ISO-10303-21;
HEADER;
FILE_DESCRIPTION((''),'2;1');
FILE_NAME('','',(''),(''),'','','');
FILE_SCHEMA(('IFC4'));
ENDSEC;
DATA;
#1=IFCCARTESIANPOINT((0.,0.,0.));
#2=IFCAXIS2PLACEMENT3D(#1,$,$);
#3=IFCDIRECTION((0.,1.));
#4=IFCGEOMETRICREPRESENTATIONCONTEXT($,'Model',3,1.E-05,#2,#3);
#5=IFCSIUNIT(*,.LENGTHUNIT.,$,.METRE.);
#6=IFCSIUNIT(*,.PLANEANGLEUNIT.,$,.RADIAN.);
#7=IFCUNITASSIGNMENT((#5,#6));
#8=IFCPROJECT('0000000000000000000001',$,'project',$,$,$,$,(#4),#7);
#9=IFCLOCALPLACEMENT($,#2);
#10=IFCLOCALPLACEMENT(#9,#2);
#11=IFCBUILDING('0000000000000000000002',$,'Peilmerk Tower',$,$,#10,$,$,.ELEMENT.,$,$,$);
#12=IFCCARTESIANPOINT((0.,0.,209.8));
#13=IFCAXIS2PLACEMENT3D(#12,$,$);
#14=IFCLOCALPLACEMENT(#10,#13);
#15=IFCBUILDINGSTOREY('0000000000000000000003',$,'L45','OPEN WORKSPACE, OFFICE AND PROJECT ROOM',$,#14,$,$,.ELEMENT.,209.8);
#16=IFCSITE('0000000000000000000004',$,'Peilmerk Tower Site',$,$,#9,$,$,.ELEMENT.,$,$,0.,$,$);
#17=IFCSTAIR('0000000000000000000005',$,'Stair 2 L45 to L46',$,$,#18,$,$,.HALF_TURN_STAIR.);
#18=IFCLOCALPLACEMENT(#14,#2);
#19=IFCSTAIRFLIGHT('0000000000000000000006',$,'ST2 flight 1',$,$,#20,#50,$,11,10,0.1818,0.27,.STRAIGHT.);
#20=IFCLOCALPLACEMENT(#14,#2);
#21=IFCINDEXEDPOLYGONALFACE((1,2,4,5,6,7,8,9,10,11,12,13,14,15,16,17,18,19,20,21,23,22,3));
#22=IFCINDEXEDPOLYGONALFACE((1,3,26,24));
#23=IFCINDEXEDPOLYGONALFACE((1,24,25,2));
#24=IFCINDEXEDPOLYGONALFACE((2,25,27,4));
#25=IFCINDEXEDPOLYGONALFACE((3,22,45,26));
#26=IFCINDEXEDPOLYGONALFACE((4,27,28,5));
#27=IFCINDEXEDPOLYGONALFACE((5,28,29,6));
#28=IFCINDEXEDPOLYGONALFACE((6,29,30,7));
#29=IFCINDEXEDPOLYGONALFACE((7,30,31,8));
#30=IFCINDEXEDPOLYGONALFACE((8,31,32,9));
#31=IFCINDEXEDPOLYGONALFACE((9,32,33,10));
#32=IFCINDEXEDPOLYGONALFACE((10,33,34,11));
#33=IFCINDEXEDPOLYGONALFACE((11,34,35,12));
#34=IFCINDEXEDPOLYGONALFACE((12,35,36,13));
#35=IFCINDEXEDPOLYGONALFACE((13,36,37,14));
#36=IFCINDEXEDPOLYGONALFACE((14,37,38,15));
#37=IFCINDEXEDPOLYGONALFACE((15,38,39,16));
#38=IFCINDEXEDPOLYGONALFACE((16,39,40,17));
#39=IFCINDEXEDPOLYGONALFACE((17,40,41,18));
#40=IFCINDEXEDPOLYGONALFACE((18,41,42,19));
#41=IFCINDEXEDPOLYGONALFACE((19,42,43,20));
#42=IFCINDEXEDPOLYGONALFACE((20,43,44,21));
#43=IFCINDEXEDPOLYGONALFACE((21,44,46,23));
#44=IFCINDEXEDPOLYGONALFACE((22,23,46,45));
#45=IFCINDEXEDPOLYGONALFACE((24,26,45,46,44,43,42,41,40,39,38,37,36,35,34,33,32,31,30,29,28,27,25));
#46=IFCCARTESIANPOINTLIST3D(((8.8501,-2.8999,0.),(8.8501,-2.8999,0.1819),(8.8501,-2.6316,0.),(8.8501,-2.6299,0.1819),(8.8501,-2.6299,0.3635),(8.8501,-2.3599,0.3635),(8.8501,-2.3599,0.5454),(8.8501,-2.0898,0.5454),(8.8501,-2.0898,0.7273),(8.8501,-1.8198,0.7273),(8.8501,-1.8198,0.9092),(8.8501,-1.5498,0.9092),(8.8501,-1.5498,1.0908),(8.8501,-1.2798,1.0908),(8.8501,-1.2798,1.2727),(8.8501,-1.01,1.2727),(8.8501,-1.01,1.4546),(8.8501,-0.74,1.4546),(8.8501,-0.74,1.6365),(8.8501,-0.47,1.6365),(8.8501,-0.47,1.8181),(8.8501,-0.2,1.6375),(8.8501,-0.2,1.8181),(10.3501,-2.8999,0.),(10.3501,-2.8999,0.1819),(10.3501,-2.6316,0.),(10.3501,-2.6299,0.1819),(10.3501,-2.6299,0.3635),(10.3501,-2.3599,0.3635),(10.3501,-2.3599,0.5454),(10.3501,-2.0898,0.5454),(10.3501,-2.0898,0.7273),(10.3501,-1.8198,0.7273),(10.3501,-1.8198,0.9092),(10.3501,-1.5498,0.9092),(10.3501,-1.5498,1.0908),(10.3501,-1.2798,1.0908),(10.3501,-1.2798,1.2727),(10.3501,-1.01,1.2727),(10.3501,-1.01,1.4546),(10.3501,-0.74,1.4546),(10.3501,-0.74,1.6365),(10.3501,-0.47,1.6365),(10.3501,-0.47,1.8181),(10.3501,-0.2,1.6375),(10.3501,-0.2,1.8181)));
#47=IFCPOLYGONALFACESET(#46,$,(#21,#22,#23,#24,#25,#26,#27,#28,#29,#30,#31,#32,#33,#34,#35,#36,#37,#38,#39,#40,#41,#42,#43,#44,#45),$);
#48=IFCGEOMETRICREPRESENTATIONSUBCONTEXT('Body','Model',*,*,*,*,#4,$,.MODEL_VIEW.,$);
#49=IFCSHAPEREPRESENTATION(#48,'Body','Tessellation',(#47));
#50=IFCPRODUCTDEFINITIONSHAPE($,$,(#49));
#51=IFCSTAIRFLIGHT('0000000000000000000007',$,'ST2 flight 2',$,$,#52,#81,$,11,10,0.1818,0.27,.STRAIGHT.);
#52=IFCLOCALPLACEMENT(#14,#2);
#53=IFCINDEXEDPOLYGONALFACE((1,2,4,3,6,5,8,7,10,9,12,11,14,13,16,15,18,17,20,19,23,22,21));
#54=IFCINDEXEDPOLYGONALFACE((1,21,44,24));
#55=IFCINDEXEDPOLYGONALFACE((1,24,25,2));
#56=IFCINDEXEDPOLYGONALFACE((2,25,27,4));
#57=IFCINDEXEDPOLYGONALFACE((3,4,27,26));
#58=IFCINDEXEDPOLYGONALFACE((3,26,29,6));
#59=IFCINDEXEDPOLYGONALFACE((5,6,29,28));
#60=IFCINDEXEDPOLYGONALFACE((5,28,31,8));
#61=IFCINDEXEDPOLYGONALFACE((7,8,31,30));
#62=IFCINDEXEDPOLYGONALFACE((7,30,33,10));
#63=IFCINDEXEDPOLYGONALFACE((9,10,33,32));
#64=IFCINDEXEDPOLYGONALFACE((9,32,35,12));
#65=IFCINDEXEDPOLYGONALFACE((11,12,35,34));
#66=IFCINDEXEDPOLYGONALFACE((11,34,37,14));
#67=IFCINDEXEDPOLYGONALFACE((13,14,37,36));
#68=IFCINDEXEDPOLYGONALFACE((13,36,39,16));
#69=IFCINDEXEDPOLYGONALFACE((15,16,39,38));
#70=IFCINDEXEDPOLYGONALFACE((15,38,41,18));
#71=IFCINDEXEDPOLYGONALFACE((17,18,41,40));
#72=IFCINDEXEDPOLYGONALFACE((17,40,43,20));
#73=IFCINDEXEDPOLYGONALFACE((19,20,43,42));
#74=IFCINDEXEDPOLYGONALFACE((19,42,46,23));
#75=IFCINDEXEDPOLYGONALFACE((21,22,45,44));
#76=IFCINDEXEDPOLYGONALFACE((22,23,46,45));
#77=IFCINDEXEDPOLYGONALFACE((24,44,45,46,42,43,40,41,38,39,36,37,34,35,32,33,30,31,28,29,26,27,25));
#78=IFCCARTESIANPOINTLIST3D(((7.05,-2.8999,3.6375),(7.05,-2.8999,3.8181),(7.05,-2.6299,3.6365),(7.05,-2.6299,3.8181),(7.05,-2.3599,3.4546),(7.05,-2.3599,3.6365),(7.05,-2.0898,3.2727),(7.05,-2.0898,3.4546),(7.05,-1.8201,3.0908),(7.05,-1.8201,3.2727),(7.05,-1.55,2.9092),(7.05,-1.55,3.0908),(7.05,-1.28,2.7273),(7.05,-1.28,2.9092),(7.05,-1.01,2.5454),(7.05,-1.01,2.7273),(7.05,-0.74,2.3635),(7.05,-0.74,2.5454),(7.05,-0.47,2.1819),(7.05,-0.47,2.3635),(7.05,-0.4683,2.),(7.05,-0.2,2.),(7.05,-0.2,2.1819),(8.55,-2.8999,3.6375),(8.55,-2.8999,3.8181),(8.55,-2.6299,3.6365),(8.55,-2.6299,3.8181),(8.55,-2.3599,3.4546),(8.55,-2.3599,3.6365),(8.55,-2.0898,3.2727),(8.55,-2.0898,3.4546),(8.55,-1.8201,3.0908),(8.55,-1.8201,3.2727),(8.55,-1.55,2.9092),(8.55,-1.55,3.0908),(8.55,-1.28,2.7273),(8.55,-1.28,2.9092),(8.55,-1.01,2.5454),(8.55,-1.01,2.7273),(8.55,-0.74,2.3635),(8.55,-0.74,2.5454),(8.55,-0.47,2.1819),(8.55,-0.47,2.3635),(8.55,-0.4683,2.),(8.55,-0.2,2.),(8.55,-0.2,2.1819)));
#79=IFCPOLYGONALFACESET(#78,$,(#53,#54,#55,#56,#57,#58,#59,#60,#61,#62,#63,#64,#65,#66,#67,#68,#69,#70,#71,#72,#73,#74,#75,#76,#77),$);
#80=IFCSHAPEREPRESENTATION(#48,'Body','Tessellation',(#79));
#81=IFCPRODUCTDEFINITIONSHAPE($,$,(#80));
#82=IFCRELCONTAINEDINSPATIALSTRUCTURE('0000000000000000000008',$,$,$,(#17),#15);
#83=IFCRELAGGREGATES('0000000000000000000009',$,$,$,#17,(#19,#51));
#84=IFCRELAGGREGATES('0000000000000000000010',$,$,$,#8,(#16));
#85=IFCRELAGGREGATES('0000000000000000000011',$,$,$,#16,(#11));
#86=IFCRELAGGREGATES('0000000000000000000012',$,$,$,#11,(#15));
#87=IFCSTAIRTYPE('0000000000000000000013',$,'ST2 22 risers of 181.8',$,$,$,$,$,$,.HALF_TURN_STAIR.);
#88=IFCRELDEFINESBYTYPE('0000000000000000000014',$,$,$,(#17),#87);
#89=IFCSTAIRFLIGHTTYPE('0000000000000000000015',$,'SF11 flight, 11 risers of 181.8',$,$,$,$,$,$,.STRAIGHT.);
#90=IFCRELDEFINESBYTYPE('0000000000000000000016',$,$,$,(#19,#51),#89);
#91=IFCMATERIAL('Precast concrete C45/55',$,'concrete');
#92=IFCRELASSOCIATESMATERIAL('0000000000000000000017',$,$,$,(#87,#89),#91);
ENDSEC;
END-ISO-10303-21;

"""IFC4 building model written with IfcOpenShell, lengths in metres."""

from ifc_helpers import new_model, si_unit, direction, frame, origin, place, context, subcontext, project, spatial, polyline, outline, extrude, material, type_object, element, aggregate, save


model = new_model("IFC4")

# Units and contexts
model_context = context("Model", 3, precision=1e-05, world=origin(), true_north=direction((0.0, 1.0)))
body_context = subcontext(model_context, "Body", "Model", "MODEL_VIEW")
ifc_project = project(units=[si_unit("LENGTHUNIT", "METRE"), si_unit("PLANEANGLEUNIT", "RADIAN")], contexts=[model_context])

# Site, building, storey
site_placement = place(None, origin())
site = spatial("IfcSite", under=ifc_project, at=site_placement, Name="Peilmerk Tower Site", CompositionType="ELEMENT", RefElevation=0.0)
building_placement = place(site_placement, origin())
building = spatial("IfcBuilding", under=site, at=building_placement, Name="Peilmerk Tower", CompositionType="ELEMENT")
storey_placement = place(building_placement, frame((0.0, 0.0, 209.8)))
storey = spatial("IfcBuildingStorey", under=building, at=storey_placement, Name="L45", Description="OPEN WORKSPACE, OFFICE AND PROJECT ROOM", CompositionType="ELEMENT", Elevation=209.8)

# Stair
ifc_material_1 = material(Name="Precast concrete C45/55", Category="concrete")
stair_type_1 = type_object("IfcStairType", Name="ST2 22 risers of 181.8", PredefinedType="HALF_TURN_STAIR", material=ifc_material_1)
stair_1_placement = place(storey_placement, origin())
stair_1 = element("IfcStair", 1, at=stair_1_placement, inside=storey, type_object=stair_type_1, Name="Stair 2 L45 to L46", PredefinedType="HALF_TURN_STAIR")

# Stair flights
stair_flight_type = type_object("IfcStairFlightType", Name="SF11 flight, 11 risers of 181.8", PredefinedType="STRAIGHT", material=ifc_material_1)
stair_flight_1_placement = place(storey_placement, frame((9.6001, -2.8999, 0.0), z_axis=(0.0, 0.0, 1.0), x_axis=(0.0, 1.0, 0.0)))
stair_flight_1 = element("IfcStairFlight", 2, at=stair_flight_1_placement, type_object=stair_flight_type, Name="ST2 flight 1", NumberOfRisers=11, NumberOfTreads=10, PredefinedType="STRAIGHT", RiserHeight=0.1818, TreadLength=0.27, context=body_context, shape_type="SweptSolid", body=[
    extrude(outline(polyline([(0.0, 0.0), (0.0, 0.1819), (0.27, 0.1819), (0.27, 0.3635), (0.54, 0.3635), (0.54, 0.5454), (0.8101, 0.5454), (0.8101, 0.7273), (1.0801, 0.7273), (1.0801, 0.9092), (1.3501, 0.9092), (1.3501, 1.0908), (1.6201, 1.0908), (1.6201, 1.2727), (1.8899, 1.2727), (1.8899, 1.4546), (2.1599, 1.4546), (2.1599, 1.6365), (2.4299, 1.6365), (2.4299, 1.8181), (2.7, 1.8181), (2.7, 2.0), (2.7, 1.6375), (0.2683, 0.0), (0.0, 0.0)])), frame((0.0, 0.75, 0.0), z_axis=(0.0, -1.0, 0.0), x_axis=(1.0, 0.0, 0.0)), (0.0, 0.0, 1.0), 1.5),
])
stair_flight_2_placement = place(storey_placement, frame((7.8, -0.2, 2.0), z_axis=(0.0, 0.0, 1.0), x_axis=(0.0, -1.0, 0.0)))
stair_flight_2 = element("IfcStairFlight", 3, at=stair_flight_2_placement, type_object=stair_flight_type, Name="ST2 flight 2", NumberOfRisers=11, NumberOfTreads=10, PredefinedType="STRAIGHT", RiserHeight=0.1818, TreadLength=0.27, context=body_context, shape_type="SweptSolid", body=[
    extrude(outline(polyline([(0.0, 0.0), (0.0, 0.1819), (0.27, 0.1819), (0.27, 0.3635), (0.54, 0.3635), (0.54, 0.5454), (0.8101, 0.5454), (0.8101, 0.7273), (1.0801, 0.7273), (1.0801, 0.9092), (1.3501, 0.9092), (1.3501, 1.0908), (1.6201, 1.0908), (1.6201, 1.2727), (1.8899, 1.2727), (1.8899, 1.4546), (2.1599, 1.4546), (2.1599, 1.6365), (2.4299, 1.6365), (2.4299, 1.8181), (2.7, 1.8181), (2.7, 2.0), (2.7, 1.6375), (0.2683, 0.0), (0.0, 0.0)])), frame((0.0, 0.75, 0.0), z_axis=(0.0, -1.0, 0.0), x_axis=(1.0, 0.0, 0.0)), (0.0, 0.0, 1.0), 1.5),
])
aggregate(stair_1, [stair_flight_1, stair_flight_2])

save(model, "model.ifc")
